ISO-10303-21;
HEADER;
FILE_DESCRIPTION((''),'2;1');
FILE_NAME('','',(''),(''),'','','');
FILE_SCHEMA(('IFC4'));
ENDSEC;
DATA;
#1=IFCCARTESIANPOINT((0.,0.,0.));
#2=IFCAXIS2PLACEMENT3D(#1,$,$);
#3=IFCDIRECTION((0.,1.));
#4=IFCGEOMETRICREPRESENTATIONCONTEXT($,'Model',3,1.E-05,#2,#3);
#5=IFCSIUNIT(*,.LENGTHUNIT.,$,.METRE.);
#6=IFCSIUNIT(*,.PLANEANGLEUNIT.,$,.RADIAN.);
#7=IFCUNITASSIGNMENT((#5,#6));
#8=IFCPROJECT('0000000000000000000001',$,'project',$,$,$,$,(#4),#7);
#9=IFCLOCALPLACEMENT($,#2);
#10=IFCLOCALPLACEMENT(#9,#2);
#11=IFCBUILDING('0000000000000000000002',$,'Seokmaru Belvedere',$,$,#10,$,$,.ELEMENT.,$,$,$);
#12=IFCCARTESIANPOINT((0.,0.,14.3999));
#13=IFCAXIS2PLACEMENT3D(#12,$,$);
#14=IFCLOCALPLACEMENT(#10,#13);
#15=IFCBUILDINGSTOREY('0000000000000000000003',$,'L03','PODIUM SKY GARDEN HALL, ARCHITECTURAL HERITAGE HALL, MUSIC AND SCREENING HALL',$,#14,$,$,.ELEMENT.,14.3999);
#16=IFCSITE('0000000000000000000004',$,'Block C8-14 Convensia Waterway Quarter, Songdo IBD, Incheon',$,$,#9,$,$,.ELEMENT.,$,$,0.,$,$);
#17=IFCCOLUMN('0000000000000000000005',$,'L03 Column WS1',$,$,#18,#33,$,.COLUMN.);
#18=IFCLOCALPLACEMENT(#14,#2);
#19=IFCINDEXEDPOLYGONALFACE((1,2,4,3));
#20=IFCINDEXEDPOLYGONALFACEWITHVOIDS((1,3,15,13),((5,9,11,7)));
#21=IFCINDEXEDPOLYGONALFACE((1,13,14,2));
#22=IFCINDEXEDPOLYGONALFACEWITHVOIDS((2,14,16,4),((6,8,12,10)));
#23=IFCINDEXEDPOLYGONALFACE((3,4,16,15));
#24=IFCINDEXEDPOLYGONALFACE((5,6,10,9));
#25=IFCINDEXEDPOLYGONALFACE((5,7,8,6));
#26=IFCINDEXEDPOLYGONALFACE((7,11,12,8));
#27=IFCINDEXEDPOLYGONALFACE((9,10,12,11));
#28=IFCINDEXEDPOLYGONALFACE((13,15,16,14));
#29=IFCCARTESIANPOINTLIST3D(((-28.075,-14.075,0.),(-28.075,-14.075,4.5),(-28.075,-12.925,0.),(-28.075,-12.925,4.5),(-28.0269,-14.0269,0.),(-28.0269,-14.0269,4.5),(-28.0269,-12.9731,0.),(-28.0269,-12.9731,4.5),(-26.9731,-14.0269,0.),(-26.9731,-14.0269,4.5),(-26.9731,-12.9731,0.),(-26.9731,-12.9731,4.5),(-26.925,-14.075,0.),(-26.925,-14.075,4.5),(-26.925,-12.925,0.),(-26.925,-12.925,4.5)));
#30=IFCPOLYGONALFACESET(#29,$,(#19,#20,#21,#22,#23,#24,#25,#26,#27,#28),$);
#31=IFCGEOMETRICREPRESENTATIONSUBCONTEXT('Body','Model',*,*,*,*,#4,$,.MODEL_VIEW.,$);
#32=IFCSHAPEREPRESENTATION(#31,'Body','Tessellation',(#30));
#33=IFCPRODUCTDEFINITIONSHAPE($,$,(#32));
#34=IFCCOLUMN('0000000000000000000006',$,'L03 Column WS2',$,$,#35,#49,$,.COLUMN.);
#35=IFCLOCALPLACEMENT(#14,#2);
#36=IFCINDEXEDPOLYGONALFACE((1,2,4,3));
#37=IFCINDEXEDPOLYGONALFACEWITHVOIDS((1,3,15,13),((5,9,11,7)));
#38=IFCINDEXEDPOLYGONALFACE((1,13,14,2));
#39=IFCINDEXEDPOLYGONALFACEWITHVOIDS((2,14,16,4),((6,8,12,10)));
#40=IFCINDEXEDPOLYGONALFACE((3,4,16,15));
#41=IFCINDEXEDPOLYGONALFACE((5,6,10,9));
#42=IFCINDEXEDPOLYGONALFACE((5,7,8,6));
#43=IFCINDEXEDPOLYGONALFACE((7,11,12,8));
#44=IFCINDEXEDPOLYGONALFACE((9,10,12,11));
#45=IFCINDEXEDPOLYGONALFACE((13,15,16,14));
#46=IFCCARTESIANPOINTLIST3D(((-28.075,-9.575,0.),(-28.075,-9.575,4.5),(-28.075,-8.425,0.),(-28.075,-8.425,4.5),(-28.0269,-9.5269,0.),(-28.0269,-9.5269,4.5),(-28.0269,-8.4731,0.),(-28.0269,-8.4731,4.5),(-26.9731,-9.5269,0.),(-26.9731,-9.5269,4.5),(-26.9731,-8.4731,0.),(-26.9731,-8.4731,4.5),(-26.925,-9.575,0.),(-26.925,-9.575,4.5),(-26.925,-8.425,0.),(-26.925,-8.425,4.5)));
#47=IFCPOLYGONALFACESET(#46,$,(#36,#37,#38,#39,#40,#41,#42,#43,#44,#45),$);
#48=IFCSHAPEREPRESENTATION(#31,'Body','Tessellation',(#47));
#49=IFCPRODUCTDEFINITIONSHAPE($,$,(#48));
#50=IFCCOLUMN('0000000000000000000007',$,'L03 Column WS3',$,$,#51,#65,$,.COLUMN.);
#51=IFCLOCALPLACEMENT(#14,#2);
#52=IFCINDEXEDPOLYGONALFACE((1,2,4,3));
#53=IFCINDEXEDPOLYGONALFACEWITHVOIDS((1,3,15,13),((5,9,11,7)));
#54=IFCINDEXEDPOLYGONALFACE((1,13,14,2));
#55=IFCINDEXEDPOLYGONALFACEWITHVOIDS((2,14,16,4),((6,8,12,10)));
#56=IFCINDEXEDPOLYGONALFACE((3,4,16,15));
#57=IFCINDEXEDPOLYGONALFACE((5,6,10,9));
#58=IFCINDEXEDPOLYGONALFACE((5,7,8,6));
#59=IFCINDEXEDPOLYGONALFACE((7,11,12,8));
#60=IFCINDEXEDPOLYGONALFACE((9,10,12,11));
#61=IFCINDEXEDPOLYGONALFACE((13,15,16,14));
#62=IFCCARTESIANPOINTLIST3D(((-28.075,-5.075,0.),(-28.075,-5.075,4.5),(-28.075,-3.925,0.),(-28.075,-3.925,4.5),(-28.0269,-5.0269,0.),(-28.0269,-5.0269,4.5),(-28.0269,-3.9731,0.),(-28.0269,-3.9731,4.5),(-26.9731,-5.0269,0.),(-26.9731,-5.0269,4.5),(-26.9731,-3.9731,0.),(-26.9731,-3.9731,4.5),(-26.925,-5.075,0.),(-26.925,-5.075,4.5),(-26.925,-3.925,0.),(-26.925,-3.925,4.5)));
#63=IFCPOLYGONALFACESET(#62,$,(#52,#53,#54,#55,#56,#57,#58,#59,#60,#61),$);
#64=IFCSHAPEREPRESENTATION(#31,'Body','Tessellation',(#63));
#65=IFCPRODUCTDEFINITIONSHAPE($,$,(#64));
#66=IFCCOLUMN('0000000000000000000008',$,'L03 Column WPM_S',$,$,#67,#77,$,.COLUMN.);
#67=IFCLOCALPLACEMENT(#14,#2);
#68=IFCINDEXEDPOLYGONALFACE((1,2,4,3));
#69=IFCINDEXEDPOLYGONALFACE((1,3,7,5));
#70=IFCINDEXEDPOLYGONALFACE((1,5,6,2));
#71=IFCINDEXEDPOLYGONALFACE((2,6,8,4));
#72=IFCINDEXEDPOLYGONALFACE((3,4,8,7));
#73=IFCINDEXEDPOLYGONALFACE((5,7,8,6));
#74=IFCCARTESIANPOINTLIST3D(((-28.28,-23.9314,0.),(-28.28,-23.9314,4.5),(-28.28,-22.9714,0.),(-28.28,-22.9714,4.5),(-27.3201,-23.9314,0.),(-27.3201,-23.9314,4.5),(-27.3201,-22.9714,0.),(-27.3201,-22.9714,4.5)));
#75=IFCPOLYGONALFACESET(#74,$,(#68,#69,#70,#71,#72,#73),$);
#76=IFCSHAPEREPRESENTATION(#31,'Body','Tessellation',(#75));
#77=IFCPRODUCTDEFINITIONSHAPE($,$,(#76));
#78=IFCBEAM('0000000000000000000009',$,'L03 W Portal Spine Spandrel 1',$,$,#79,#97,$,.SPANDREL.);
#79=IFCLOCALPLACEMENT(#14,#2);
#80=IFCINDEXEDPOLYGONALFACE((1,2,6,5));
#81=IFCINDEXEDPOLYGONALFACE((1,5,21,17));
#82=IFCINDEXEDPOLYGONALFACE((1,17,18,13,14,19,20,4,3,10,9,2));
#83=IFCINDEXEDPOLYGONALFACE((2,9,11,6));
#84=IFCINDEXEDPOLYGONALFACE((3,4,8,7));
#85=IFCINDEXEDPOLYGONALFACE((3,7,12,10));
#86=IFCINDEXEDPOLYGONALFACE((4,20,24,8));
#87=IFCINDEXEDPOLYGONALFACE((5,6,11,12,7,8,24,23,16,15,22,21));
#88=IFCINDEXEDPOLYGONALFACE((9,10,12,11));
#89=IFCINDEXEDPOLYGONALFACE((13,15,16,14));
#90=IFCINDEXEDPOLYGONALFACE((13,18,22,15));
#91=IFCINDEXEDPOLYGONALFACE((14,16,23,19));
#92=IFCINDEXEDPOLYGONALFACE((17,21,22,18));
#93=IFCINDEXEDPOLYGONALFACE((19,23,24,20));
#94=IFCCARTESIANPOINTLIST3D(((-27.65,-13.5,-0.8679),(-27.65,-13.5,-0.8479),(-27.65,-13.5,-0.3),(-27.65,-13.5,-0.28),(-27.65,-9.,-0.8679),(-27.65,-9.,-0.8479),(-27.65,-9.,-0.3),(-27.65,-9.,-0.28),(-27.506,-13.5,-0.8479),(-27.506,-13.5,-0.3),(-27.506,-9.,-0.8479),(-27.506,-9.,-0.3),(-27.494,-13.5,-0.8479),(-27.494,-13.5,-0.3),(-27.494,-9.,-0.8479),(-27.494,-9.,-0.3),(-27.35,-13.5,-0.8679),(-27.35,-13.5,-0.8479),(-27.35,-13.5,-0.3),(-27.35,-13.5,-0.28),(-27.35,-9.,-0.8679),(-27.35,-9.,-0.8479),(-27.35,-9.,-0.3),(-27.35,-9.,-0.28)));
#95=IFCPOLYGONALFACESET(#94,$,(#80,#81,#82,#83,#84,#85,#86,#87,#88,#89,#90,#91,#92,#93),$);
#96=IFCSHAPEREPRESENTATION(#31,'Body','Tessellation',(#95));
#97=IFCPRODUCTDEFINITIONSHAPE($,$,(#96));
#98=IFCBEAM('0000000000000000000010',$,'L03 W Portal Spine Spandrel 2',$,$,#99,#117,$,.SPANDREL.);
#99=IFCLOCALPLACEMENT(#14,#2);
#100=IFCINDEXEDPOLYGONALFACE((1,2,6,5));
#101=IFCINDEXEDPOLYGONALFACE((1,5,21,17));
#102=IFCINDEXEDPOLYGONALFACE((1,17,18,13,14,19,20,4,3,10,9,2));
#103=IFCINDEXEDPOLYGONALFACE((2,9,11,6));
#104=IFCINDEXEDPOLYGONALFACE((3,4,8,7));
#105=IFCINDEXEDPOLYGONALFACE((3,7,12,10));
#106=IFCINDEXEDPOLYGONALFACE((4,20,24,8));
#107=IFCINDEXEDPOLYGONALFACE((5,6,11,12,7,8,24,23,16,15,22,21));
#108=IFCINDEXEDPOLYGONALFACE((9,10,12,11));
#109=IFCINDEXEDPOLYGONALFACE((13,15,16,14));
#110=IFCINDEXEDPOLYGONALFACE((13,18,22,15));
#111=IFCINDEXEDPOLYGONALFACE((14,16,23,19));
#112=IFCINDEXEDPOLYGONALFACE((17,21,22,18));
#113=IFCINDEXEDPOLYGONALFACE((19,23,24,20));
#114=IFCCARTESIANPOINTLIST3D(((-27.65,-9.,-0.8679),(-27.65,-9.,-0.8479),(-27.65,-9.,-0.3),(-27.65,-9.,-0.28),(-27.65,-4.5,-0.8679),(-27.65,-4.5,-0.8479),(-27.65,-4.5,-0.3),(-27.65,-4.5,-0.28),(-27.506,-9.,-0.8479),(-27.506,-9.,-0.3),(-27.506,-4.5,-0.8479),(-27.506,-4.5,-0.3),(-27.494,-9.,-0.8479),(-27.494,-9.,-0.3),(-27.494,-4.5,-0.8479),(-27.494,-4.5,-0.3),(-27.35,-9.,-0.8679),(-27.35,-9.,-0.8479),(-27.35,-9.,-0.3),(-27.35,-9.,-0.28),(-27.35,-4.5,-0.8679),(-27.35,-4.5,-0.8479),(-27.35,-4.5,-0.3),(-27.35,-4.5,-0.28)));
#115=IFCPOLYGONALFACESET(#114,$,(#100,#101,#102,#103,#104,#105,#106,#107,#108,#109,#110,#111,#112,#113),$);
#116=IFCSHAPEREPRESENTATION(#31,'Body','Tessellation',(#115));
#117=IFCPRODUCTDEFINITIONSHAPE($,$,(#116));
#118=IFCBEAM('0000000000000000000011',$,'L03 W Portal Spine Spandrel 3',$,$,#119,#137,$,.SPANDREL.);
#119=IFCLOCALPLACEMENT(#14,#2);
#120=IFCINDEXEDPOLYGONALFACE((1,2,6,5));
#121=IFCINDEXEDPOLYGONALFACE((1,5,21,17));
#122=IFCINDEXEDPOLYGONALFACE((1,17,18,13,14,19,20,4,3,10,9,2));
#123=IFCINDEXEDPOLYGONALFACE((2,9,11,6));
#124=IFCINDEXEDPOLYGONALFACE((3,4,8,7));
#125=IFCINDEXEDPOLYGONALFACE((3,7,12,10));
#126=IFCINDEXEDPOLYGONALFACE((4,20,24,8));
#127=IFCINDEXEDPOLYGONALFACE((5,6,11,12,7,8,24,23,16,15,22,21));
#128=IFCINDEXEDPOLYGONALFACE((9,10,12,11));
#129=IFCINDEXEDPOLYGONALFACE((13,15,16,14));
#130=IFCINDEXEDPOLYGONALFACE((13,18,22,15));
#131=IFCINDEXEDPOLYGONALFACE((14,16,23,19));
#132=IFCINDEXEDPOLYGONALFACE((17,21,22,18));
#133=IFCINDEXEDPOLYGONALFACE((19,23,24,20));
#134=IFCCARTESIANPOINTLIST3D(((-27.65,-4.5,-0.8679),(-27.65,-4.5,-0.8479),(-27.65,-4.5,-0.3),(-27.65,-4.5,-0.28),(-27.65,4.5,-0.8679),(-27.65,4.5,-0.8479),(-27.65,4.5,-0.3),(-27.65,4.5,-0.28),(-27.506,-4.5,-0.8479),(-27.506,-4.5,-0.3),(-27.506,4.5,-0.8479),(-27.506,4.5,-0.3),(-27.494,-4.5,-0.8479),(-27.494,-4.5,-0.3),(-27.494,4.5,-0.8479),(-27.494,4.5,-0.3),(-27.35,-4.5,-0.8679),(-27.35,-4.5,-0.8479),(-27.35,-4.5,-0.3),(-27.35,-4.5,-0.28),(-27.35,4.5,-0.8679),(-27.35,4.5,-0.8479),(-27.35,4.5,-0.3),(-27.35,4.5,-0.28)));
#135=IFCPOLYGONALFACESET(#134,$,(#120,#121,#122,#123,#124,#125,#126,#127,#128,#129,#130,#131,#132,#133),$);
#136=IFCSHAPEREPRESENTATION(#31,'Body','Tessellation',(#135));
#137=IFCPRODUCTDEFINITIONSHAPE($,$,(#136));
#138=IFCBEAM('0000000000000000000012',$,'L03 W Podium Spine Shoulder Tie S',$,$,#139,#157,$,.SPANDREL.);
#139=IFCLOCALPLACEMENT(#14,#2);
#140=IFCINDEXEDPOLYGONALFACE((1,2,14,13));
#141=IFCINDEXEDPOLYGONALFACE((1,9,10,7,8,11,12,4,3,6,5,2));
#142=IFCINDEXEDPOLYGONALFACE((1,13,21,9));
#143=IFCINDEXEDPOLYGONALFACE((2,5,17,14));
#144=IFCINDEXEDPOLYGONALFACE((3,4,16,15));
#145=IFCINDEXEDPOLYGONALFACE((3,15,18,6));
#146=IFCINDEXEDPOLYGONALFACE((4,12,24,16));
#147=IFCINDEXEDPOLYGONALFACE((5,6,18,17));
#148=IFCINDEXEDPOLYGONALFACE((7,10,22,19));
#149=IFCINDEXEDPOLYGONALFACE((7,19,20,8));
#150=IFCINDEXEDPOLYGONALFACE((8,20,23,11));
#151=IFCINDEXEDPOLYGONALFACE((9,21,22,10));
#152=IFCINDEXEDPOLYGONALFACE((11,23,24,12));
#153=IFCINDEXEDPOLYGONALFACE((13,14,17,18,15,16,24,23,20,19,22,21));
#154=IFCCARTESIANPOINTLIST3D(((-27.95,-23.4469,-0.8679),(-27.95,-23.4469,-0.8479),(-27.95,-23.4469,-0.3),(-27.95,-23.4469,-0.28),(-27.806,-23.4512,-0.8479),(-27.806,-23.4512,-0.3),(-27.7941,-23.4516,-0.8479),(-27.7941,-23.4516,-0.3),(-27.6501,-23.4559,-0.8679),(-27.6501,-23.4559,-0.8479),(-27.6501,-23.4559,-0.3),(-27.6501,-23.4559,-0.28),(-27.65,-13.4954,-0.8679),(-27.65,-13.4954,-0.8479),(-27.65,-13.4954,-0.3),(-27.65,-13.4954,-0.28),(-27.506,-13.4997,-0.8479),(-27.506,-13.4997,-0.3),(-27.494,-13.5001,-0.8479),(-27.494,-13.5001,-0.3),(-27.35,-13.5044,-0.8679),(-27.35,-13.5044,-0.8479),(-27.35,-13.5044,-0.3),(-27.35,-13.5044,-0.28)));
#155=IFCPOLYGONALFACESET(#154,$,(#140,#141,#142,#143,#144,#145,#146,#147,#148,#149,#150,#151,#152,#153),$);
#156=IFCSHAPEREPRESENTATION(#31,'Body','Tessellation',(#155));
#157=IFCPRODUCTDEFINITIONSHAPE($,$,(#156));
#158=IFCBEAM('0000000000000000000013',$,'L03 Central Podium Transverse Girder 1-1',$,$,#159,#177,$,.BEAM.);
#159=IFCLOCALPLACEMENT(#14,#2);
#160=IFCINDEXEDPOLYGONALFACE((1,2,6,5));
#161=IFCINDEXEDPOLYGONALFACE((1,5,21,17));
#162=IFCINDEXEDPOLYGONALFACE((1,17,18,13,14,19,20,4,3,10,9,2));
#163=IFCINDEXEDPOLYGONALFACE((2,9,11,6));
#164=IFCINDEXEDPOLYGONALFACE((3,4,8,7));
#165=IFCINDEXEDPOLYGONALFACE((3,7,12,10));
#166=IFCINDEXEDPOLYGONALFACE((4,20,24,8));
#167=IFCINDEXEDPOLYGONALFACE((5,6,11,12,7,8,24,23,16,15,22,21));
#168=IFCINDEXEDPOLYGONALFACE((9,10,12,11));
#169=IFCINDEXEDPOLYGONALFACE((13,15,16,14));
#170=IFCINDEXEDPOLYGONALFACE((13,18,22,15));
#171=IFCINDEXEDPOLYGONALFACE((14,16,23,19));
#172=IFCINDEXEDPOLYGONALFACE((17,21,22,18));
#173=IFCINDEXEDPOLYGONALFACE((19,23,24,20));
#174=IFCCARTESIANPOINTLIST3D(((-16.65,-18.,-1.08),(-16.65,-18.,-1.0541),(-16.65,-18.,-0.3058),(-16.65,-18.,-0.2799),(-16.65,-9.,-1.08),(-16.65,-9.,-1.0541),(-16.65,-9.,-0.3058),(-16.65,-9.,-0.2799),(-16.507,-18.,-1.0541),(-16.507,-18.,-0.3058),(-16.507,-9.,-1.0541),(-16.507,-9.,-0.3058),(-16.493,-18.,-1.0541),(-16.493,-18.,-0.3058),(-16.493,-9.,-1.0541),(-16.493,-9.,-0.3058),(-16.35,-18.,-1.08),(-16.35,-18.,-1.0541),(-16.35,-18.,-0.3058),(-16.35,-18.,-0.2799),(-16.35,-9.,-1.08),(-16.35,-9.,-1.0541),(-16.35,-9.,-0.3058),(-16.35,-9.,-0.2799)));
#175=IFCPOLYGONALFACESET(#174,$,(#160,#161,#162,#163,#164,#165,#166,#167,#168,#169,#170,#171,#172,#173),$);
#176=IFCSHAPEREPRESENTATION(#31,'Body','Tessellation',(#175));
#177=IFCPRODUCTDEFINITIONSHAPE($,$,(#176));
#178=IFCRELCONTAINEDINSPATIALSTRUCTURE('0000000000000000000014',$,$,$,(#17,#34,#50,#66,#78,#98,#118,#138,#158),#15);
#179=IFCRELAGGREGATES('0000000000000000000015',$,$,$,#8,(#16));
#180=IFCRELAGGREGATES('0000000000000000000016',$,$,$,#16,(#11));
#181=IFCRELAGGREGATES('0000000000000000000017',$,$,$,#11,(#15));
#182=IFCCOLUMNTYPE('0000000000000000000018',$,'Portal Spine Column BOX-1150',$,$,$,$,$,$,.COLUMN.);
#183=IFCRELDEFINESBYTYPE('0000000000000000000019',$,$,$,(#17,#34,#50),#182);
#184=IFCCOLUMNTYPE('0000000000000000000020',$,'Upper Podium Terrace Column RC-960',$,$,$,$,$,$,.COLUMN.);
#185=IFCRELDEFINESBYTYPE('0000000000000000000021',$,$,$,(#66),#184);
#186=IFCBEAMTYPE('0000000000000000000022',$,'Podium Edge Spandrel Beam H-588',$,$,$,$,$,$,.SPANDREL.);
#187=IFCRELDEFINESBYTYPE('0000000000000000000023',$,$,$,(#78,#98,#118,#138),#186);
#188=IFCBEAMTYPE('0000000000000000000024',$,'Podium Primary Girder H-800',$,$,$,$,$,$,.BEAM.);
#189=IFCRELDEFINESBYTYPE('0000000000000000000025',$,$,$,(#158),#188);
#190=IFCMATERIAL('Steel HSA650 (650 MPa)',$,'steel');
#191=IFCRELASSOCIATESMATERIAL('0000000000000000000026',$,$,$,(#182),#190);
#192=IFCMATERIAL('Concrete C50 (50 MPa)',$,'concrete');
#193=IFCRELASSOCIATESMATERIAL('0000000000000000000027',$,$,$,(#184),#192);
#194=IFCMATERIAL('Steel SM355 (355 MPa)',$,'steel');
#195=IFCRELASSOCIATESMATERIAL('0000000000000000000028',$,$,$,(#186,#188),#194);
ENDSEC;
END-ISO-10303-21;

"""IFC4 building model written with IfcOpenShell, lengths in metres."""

from ifc_helpers import new_model, si_unit, direction, frame, origin, origin_2d, place, context, subcontext, project, spatial, rectangle, hollow_rectangle, i_section, extrude, source, transform, mapped, material, material_profile, profile_set, type_object, type_shapes, element, save


model = new_model("IFC4")

# Units and contexts
model_context = context("Model", 3, precision=1e-05, world=origin(), true_north=direction((0.0, 1.0)))
body_context = subcontext(model_context, "Body", "Model", "MODEL_VIEW")
ifc_project = project(units=[si_unit("LENGTHUNIT", "METRE"), si_unit("PLANEANGLEUNIT", "RADIAN")], contexts=[model_context])

# Site, building, storey
site_placement = place(None, origin())
site = spatial("IfcSite", under=ifc_project, at=site_placement, Name="Block C8-14 Convensia Waterway Quarter, Songdo IBD, Incheon", CompositionType="ELEMENT", RefElevation=0.0)
building_placement = place(site_placement, origin())
building = spatial("IfcBuilding", under=site, at=building_placement, Name="Seokmaru Belvedere", CompositionType="ELEMENT")
storey_placement = place(building_placement, frame((0.0, 0.0, 14.3999)))
storey = spatial("IfcBuildingStorey", under=building, at=storey_placement, Name="L03", Description="PODIUM SKY GARDEN HALL, ARCHITECTURAL HERITAGE HALL, MUSIC AND SCREENING HALL", CompositionType="ELEMENT", Elevation=14.3999)

# Columns
ifc_material_1 = material(Name="Steel HSA650 (650 MPa)", Category="steel")
ifc_material_profile_1 = material_profile(ifc_material_1, hollow_rectangle(XDim=1.1499, YDim=1.1499, WallThickness=0.0481, at=origin_2d()), Name="BOX-1150x1150x48")
ifc_profile_set_1 = profile_set([ifc_material_profile_1], Name="Steel HSA650 (650 MPa)")
column_type_1 = type_object("IfcColumnType", Name="Portal Spine Column BOX-1150", PredefinedType="COLUMN", material=ifc_profile_set_1)
shared_shape_1 = source(origin(), body_context, "Body", "SweptSolid", [
    extrude(hollow_rectangle(XDim=1.1499, YDim=1.1499, WallThickness=0.0481, at=origin_2d()), origin(), (0.0, 0.0, 1.0), 4.5),
])
type_shapes(column_type_1, [shared_shape_1])
for number, where, z_axis, x_axis, name in (
    (1, (-27.5, -13.5, 0.0), (0.0, 0.0, 1.0), (1.0, 0.0, 0.0), "L03 Column WS1"),
    (2, (-27.5, -9.0, 0.0), (0.0, 0.0, 1.0), (1.0, 0.0, 0.0), "L03 Column WS2"),
    (3, (-27.5, -4.5, 0.0), (0.0, 0.0, 1.0), (1.0, 0.0, 0.0), "L03 Column WS3"),
):
    element("IfcColumn", number, at=place(storey_placement, frame(where, z_axis=z_axis, x_axis=x_axis)), inside=storey, type_object=column_type_1, Name=name, PredefinedType="COLUMN", context=body_context, shape_type="MappedRepresentation", body=[
        mapped(shared_shape_1, transform((0.0, 0.0, 0.0), scale=1.0)),
    ])
ifc_material_2 = material(Name="Concrete C50 (50 MPa)", Category="concrete")
ifc_material_profile_2 = material_profile(ifc_material_2, rectangle(XDim=0.96, YDim=0.96, at=origin_2d()), Name="RC-960x960")
ifc_profile_set_2 = profile_set([ifc_material_profile_2], Name="Concrete C50 (50 MPa)")
column_type_2 = type_object("IfcColumnType", Name="Upper Podium Terrace Column RC-960", PredefinedType="COLUMN", material=ifc_profile_set_2)
shared_shape_2 = source(origin(), body_context, "Body", "SweptSolid", [
    extrude(rectangle(XDim=0.96, YDim=0.96, at=origin_2d()), origin(), (0.0, 0.0, 1.0), 4.5),
])
type_shapes(column_type_2, [shared_shape_2])
column_placement = place(storey_placement, frame((-27.8, -23.4514, 0.0), z_axis=(0.0, 0.0, 1.0), x_axis=(1.0, 0.0, 0.0)))
element("IfcColumn", 4, at=column_placement, inside=storey, type_object=column_type_2, Name="L03 Column WPM_S", PredefinedType="COLUMN", context=body_context, shape_type="MappedRepresentation", body=[
    mapped(shared_shape_2, transform((0.0, 0.0, 0.0), scale=1.0)),
])

# Beams
ifc_material_3 = material(Name="Steel SM355 (355 MPa)", Category="steel")
ifc_material_profile_3 = material_profile(ifc_material_3, i_section(OverallWidth=0.3, OverallDepth=0.5879, WebThickness=0.012, FlangeThickness=0.02, at=origin_2d()), Name="H-588x300x12x20")
ifc_profile_set_3 = profile_set([ifc_material_profile_3], Name="Steel SM355 (355 MPa)")
beam_type_1 = type_object("IfcBeamType", Name="Podium Edge Spandrel Beam H-588", PredefinedType="SPANDREL", material=ifc_profile_set_3)
shared_shape_3 = source(origin(), body_context, "Body", "SweptSolid", [
    extrude(i_section(OverallWidth=0.3, OverallDepth=0.5879, WebThickness=0.012, FlangeThickness=0.02, at=origin_2d()), origin(), (0.0, 0.0, 1.0), 4.5),
])
for number, where, z_axis, x_axis, name in (
    (5, (-27.5, -13.5, -0.574), (0.0, 1.0, 0.0), (-1.0, 0.0, 0.0), "L03 W Portal Spine Spandrel 1"),
    (6, (-27.5, -9.0, -0.574), (0.0, 1.0, 0.0), (-1.0, 0.0, 0.0), "L03 W Portal Spine Spandrel 2"),
):
    element("IfcBeam", number, at=place(storey_placement, frame(where, z_axis=z_axis, x_axis=x_axis)), inside=storey, type_object=beam_type_1, Name=name, PredefinedType="SPANDREL", context=body_context, shape_type="MappedRepresentation", body=[
        mapped(shared_shape_3, transform((0.0, 0.0, 0.0), scale=1.0)),
    ])
shared_shape_4 = source(origin(), body_context, "Body", "SweptSolid", [
    extrude(i_section(OverallWidth=0.3, OverallDepth=0.5879, WebThickness=0.012, FlangeThickness=0.02, at=origin_2d()), origin(), (0.0, 0.0, 1.0), 9.0),
])
beam_1_placement = place(storey_placement, frame((-27.5, -4.5, -0.574), z_axis=(0.0, 1.0, 0.0), x_axis=(-1.0, 0.0, 0.0)))
element("IfcBeam", 7, at=beam_1_placement, inside=storey, type_object=beam_type_1, Name="L03 W Portal Spine Spandrel 3", PredefinedType="SPANDREL", context=body_context, shape_type="MappedRepresentation", body=[
    mapped(shared_shape_4, transform((0.0, 0.0, 0.0), scale=1.0)),
])
shared_shape_5 = source(origin(), body_context, "Body", "SweptSolid", [
    extrude(i_section(OverallWidth=0.3, OverallDepth=0.5879, WebThickness=0.012, FlangeThickness=0.02, at=origin_2d()), origin(), (0.0, 0.0, 1.0), 9.9561),
])
type_shapes(beam_type_1, [shared_shape_3, shared_shape_4, shared_shape_5])
beam_2_placement = place(storey_placement, frame((-27.8, -23.4514, -0.574), z_axis=(0.030138, 0.999546, 0.0), x_axis=(-0.999546, 0.030138, 0.0)))
element("IfcBeam", 8, at=beam_2_placement, inside=storey, type_object=beam_type_1, Name="L03 W Podium Spine Shoulder Tie S", PredefinedType="SPANDREL", context=body_context, shape_type="MappedRepresentation", body=[
    mapped(shared_shape_5, transform((0.0, 0.0, 0.0), scale=1.0)),
])
ifc_material_profile_4 = material_profile(ifc_material_3, i_section(OverallWidth=0.3, OverallDepth=0.8, WebThickness=0.0139, FlangeThickness=0.0259, at=origin_2d()), Name="H-800x300x14x26")
ifc_profile_set_4 = profile_set([ifc_material_profile_4], Name="Steel SM355 (355 MPa)")
beam_type_2 = type_object("IfcBeamType", Name="Podium Primary Girder H-800", PredefinedType="BEAM", material=ifc_profile_set_4)
shared_shape_6 = source(origin(), body_context, "Body", "SweptSolid", [
    extrude(i_section(OverallWidth=0.3, OverallDepth=0.8, WebThickness=0.0139, FlangeThickness=0.0259, at=origin_2d()), origin(), (0.0, 0.0, 1.0), 9.0),
])
beam_3_placement = place(storey_placement, frame((-16.5, -18.0, -0.6799), z_axis=(0.0, 1.0, 0.0), x_axis=(-1.0, 0.0, 0.0)))
element("IfcBeam", 9, at=beam_3_placement, inside=storey, type_object=beam_type_2, Name="L03 Central Podium Transverse Girder 1-1", PredefinedType="BEAM", context=body_context, shape_type="MappedRepresentation", body=[
    mapped(shared_shape_6, transform((0.0, 0.0, 0.0), scale=1.0)),
])

save(model, "model.ifc")
